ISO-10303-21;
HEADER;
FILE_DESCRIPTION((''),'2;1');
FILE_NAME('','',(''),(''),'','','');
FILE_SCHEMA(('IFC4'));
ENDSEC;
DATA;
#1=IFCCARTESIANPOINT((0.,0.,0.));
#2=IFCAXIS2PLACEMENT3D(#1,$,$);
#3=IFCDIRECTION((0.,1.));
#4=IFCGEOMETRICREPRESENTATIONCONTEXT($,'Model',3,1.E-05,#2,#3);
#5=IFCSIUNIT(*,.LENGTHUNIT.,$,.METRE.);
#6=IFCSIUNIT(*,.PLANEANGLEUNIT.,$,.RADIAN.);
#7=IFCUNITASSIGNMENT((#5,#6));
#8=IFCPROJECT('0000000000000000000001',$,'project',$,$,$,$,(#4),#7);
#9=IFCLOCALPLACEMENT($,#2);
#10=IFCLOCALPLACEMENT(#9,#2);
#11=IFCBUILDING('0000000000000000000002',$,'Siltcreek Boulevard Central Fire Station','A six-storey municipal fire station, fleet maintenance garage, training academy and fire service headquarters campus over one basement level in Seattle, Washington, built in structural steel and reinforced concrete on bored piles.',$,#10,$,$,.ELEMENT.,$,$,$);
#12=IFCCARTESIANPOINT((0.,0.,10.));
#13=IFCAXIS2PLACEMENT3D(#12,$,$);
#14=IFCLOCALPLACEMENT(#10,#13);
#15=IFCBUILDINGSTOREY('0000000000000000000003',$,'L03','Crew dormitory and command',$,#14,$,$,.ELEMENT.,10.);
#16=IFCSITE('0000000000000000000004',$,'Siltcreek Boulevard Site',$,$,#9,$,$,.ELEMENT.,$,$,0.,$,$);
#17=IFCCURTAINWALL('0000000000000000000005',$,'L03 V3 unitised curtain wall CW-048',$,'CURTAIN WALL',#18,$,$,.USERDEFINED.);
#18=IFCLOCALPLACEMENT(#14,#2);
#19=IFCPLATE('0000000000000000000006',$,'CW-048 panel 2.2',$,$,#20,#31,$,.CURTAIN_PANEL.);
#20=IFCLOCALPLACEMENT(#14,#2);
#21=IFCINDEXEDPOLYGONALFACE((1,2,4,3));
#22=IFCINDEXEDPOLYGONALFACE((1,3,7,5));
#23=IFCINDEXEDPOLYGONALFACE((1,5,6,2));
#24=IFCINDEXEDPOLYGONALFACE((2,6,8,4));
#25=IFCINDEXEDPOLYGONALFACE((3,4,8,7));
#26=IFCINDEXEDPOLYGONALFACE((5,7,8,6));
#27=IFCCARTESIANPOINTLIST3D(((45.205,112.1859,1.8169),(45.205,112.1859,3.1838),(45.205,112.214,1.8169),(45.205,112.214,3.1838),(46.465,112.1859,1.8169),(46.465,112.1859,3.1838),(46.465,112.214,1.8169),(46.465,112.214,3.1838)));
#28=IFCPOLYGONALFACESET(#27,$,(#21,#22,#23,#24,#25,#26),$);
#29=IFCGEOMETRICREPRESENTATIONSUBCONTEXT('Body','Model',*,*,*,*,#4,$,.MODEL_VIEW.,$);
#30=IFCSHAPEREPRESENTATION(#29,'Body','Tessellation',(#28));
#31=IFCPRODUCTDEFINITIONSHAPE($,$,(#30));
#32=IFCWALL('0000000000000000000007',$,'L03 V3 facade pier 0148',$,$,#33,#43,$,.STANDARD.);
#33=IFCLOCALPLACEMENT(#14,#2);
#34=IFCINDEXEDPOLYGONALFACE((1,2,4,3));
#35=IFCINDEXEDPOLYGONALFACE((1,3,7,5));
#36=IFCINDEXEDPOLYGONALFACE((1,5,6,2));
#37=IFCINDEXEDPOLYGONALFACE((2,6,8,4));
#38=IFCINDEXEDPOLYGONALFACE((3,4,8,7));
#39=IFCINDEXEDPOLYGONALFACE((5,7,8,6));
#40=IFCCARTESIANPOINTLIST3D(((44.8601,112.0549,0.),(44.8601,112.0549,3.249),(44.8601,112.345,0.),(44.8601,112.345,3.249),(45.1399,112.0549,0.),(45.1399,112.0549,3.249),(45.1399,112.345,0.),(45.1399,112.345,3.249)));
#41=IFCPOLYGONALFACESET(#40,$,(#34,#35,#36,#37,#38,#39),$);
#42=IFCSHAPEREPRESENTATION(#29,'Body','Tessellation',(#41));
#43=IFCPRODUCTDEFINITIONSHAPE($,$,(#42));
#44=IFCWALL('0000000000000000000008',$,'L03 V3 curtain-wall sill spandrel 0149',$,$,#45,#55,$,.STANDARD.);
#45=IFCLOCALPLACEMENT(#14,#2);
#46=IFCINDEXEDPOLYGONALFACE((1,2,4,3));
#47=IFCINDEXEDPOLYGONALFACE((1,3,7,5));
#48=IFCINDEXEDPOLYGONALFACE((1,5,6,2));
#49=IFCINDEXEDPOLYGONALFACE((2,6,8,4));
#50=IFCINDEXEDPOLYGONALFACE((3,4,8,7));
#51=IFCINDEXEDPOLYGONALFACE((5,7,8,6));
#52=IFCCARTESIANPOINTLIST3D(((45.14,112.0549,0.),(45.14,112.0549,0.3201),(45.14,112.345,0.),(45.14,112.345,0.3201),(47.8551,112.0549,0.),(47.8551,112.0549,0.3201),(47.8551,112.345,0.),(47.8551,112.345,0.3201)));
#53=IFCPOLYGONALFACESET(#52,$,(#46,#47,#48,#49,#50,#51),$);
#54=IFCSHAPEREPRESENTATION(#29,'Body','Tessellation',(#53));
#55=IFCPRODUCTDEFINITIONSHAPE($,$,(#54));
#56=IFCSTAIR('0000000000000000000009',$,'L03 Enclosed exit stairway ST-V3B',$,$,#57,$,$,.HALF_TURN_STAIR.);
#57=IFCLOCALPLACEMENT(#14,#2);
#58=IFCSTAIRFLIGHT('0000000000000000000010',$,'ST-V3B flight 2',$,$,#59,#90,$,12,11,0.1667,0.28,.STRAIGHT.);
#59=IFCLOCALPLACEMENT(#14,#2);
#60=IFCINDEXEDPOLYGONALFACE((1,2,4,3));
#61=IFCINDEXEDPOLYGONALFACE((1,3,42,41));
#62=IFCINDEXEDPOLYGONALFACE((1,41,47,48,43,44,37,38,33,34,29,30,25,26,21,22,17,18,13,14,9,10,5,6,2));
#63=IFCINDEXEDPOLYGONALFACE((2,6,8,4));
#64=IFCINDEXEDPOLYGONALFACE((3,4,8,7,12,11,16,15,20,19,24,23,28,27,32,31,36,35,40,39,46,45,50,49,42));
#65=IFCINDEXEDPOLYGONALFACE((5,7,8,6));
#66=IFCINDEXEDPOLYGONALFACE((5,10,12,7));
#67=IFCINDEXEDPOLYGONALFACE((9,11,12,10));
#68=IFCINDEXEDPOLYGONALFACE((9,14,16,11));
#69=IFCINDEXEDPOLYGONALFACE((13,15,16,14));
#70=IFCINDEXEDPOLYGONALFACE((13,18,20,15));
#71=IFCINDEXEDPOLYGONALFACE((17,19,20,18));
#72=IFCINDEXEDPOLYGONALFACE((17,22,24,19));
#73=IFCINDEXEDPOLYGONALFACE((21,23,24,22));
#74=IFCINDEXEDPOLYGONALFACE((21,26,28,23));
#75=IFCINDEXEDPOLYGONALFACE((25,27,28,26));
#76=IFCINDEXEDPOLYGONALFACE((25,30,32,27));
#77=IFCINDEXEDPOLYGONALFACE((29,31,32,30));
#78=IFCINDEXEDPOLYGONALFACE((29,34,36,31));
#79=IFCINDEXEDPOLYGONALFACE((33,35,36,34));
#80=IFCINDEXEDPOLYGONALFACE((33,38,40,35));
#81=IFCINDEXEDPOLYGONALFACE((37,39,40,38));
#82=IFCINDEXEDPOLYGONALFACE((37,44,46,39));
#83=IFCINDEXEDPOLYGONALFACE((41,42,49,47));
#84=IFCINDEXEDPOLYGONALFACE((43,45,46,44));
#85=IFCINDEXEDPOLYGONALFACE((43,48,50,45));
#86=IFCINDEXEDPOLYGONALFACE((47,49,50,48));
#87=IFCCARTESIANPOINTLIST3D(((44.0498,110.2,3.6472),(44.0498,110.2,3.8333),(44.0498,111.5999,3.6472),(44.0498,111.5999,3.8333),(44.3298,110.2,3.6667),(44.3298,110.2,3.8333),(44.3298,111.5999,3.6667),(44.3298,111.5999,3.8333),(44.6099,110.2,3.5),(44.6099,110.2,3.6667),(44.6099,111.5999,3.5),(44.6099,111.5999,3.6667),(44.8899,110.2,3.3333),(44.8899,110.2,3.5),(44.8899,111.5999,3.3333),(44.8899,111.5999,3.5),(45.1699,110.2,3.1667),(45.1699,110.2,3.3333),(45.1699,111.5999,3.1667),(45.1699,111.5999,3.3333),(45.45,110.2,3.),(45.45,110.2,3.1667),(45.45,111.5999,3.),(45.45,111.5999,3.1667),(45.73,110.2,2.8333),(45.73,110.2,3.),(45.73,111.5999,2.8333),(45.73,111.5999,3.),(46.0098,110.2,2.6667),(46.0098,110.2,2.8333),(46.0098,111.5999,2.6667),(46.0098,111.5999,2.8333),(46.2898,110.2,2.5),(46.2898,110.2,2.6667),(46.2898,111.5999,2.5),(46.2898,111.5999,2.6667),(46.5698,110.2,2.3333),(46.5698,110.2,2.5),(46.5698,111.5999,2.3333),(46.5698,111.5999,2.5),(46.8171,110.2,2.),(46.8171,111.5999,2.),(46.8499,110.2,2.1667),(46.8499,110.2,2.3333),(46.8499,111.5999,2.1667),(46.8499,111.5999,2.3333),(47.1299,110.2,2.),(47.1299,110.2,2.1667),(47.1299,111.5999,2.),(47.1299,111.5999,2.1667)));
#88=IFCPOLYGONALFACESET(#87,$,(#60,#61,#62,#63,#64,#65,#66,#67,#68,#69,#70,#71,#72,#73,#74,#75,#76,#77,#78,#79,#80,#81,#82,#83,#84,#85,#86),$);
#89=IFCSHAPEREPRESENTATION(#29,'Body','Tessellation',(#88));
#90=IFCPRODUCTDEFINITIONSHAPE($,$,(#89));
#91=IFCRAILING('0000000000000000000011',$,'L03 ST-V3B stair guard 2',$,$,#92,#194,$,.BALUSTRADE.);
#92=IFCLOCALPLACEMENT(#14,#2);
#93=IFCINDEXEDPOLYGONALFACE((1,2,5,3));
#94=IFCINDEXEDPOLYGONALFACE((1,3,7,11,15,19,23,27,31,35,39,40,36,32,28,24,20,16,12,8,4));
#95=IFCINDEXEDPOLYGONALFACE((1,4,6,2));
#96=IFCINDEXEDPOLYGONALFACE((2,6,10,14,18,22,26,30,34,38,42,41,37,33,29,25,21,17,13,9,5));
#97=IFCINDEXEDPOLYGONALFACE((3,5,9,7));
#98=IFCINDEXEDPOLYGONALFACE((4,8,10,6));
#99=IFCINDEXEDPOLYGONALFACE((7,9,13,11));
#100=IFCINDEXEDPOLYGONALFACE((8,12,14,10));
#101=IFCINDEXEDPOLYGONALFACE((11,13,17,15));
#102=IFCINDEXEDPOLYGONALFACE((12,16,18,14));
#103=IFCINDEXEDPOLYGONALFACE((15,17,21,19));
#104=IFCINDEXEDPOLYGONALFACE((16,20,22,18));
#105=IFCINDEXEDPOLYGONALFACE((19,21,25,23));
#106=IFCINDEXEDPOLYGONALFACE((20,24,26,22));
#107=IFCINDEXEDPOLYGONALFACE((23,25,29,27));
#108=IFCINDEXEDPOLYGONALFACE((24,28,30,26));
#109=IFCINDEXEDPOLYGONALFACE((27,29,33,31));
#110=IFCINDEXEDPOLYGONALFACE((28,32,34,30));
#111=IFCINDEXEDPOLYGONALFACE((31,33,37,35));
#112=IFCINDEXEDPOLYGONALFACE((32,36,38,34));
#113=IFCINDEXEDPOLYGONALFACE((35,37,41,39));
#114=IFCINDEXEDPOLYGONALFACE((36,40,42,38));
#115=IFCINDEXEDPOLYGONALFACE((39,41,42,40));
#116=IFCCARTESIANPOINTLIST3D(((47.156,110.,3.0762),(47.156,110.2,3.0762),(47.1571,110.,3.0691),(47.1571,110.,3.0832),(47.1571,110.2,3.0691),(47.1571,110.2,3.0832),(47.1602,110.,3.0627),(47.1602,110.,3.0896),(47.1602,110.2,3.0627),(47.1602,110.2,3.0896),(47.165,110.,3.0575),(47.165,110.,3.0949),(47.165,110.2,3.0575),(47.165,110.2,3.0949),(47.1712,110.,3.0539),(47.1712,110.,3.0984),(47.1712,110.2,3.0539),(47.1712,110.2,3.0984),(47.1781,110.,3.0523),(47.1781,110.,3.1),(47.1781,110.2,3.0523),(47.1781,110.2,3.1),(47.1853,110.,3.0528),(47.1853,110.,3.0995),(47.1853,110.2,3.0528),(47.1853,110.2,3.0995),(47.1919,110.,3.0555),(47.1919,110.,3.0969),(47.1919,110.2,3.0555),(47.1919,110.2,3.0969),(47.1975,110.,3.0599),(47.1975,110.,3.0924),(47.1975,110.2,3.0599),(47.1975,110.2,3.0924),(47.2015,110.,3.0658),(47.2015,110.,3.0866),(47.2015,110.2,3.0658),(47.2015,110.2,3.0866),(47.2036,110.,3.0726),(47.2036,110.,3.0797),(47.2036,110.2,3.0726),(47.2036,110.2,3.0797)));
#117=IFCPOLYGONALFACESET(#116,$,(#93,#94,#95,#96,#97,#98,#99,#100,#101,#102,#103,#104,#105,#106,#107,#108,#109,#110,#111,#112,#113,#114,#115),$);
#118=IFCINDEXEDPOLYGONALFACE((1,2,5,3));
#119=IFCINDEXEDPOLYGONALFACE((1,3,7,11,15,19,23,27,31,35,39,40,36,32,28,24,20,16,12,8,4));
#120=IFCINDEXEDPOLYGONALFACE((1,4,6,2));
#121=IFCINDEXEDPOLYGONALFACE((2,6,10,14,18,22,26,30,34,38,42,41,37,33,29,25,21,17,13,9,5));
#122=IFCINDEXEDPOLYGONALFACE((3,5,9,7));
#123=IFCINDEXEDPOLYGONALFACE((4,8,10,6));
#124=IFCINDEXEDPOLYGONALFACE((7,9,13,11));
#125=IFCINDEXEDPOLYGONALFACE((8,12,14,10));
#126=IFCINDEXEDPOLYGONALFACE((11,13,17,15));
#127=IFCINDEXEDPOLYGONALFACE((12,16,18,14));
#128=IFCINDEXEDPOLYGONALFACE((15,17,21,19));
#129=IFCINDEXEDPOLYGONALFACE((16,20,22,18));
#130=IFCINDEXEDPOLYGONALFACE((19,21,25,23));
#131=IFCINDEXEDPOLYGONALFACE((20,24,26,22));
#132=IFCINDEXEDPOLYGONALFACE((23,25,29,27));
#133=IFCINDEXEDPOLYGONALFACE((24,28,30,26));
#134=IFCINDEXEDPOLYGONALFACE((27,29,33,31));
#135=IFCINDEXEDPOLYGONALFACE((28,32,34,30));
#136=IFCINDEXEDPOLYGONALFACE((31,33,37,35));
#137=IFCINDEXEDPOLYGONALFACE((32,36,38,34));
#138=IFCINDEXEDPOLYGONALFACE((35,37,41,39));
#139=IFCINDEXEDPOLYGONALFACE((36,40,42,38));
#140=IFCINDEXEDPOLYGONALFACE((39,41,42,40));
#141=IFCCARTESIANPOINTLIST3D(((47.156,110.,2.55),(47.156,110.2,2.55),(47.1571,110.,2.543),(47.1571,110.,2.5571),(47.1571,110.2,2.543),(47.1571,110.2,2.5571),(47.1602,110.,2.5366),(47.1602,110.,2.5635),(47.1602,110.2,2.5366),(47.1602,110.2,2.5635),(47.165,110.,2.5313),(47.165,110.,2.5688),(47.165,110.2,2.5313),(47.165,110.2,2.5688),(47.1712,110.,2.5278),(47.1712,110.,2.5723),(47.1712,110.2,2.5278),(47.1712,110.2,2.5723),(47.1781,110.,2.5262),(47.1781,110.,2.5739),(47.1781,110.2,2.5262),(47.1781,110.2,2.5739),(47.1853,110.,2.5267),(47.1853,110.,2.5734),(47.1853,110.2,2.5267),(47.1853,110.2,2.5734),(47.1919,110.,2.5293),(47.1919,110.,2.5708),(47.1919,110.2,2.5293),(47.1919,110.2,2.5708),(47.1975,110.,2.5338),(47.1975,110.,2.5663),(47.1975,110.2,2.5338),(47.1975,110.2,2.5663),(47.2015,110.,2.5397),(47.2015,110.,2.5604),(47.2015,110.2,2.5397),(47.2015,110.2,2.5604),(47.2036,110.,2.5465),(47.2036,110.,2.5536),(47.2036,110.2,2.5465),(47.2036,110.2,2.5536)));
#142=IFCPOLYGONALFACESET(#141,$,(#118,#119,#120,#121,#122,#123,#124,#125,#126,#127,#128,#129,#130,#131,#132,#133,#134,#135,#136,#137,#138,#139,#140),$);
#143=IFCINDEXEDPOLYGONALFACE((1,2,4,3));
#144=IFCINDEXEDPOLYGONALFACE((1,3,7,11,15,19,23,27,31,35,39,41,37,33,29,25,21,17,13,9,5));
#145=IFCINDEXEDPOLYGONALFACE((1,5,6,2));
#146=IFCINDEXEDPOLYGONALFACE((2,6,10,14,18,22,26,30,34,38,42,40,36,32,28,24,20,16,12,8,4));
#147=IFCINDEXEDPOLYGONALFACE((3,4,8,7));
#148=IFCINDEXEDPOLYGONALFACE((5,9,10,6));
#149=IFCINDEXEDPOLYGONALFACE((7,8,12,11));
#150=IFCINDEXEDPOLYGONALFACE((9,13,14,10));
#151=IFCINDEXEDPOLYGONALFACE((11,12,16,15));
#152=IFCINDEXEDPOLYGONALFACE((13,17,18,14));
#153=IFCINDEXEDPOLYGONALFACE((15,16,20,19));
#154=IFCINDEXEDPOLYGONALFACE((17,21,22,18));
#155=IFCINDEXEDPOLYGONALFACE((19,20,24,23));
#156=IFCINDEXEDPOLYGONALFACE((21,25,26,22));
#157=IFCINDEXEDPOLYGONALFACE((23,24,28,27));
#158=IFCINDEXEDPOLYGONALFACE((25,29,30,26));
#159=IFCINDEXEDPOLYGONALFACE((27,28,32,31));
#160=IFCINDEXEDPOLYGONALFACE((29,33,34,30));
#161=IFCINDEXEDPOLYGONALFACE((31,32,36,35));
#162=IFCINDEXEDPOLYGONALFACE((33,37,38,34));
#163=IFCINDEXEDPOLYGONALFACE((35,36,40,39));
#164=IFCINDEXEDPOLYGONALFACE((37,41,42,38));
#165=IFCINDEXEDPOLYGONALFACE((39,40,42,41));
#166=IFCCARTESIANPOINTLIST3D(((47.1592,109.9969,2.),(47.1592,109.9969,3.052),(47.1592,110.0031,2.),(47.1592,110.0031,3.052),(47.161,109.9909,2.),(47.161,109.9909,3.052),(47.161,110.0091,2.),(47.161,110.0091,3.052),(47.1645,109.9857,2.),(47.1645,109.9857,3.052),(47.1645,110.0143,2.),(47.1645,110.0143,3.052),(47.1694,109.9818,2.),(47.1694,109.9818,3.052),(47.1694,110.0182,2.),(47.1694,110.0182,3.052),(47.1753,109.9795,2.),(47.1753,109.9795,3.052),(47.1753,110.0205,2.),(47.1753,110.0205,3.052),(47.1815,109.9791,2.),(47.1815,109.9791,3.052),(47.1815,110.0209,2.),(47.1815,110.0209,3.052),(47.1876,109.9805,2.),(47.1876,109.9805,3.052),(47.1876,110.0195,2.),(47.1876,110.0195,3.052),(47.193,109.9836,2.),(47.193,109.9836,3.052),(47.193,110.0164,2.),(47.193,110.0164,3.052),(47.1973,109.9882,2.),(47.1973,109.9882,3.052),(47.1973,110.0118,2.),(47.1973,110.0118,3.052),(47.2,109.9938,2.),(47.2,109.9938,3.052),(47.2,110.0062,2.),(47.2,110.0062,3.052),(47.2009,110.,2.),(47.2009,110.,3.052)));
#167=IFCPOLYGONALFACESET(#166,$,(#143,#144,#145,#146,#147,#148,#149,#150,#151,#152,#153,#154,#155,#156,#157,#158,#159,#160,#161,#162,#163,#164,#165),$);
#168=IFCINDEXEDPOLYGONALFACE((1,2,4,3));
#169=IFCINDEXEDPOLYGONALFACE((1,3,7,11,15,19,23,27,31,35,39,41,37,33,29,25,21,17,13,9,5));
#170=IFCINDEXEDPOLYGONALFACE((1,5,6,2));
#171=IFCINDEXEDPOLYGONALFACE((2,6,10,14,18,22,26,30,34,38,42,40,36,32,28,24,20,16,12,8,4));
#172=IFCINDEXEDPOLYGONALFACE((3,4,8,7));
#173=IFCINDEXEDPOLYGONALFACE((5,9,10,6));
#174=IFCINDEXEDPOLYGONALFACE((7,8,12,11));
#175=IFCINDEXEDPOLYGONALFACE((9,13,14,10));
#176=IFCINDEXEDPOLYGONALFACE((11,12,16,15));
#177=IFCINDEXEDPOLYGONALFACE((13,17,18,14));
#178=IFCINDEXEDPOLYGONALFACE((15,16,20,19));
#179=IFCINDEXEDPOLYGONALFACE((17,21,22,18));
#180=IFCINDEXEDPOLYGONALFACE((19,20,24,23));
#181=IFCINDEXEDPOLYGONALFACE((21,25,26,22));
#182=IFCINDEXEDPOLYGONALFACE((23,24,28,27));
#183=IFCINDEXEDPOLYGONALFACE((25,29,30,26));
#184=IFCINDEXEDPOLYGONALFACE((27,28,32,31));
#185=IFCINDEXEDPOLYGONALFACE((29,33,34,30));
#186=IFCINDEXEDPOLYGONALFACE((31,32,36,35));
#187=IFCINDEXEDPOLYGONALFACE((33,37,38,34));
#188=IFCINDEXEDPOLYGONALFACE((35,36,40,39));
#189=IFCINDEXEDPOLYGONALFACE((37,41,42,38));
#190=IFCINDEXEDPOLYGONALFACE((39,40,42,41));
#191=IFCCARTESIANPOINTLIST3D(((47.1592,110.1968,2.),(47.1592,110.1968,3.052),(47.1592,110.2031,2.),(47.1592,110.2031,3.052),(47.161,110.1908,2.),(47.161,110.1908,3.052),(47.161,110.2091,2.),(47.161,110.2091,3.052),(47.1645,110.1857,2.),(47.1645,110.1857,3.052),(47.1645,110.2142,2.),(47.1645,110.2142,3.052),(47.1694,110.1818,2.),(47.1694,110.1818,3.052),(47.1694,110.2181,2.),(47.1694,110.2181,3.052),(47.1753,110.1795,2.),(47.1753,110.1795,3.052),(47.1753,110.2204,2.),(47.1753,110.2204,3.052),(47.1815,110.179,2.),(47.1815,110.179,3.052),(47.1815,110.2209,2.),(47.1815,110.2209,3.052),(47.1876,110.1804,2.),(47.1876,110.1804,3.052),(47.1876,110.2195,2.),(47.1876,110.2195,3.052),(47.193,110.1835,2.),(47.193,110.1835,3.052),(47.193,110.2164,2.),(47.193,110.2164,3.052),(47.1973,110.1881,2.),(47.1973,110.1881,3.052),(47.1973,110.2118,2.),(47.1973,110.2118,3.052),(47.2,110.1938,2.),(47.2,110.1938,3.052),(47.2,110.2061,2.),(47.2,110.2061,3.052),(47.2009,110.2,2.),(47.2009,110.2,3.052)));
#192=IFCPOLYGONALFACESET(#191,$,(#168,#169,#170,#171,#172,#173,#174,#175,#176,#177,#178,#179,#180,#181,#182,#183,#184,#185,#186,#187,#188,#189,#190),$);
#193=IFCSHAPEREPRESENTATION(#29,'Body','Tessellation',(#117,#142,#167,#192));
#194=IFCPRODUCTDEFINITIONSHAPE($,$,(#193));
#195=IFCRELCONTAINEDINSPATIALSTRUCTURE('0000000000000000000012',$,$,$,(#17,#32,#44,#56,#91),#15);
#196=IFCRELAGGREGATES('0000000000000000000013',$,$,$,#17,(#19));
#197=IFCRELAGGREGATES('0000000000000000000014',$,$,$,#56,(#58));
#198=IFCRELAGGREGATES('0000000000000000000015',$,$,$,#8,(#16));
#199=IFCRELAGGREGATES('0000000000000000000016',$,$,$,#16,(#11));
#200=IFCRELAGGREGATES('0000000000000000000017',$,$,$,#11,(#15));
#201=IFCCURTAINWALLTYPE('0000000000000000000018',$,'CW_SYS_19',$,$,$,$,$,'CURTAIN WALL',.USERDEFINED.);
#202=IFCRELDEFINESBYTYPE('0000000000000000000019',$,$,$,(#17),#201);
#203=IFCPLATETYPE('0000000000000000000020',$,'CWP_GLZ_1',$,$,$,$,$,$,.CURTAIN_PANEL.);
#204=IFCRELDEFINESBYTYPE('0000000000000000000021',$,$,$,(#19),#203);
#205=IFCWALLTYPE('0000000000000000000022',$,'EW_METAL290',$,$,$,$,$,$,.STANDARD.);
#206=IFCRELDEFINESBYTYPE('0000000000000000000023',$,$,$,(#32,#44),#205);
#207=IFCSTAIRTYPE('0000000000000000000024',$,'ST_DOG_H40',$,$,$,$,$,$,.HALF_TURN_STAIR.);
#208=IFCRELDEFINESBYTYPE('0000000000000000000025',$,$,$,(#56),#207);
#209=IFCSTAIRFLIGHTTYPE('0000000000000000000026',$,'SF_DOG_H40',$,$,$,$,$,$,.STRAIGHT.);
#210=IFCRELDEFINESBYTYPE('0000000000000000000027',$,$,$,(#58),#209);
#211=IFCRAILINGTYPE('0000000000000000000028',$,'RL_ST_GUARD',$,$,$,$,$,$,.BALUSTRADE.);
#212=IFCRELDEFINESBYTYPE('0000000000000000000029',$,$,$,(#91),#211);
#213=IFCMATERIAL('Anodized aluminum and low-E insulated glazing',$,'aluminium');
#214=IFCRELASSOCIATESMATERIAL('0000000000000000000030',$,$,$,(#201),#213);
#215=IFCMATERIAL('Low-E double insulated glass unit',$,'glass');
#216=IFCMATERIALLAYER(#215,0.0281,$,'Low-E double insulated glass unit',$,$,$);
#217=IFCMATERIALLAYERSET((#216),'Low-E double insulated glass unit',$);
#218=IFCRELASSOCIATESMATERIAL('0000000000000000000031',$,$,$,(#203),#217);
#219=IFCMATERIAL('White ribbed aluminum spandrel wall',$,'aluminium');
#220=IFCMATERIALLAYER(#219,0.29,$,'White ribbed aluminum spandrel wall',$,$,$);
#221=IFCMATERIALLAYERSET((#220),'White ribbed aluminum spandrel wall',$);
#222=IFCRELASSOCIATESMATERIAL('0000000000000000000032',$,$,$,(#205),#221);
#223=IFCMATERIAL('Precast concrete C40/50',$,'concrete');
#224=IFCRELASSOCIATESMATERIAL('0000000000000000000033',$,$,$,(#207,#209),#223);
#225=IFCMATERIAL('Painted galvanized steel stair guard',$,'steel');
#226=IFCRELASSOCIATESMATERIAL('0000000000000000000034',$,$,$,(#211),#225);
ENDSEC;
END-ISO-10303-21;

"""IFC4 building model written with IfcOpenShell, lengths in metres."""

from ifc_helpers import new_model, si_unit, direction, frame, frame_2d, origin, origin_2d, place, context, subcontext, project, spatial, polyline, rectangle, circle, outline, extrude, material, layer, layer_set, type_object, element, aggregate, save


model = new_model("IFC4")

# Units and contexts
model_context = context("Model", 3, precision=1e-05, world=origin(), true_north=direction((0.0, 1.0)))
body_context = subcontext(model_context, "Body", "Model", "MODEL_VIEW")
ifc_project = project(units=[si_unit("LENGTHUNIT", "METRE"), si_unit("PLANEANGLEUNIT", "RADIAN")], contexts=[model_context])

# Site, building, storey
site_placement = place(None, origin())
site = spatial("IfcSite", under=ifc_project, at=site_placement, Name="Siltcreek Boulevard Site", CompositionType="ELEMENT", RefElevation=0.0)
building_placement = place(site_placement, origin())
building = spatial("IfcBuilding", under=site, at=building_placement, Name="Siltcreek Boulevard Central Fire Station", Description="A six-storey municipal fire station, fleet maintenance garage, training academy and fire service headquarters campus over one basement level in Seattle, Washington, built in structural steel and reinforced concrete on bored piles.", CompositionType="ELEMENT")
storey_placement = place(building_placement, frame((0.0, 0.0, 10.0)))
storey = spatial("IfcBuildingStorey", under=building, at=storey_placement, Name="L03", Description="Crew dormitory and command", CompositionType="ELEMENT", Elevation=10.0)

# Curtain wall, plate
ifc_material_1 = material(Name="Anodized aluminum and low-E insulated glazing", Category="aluminium")
curtain_wall_type = type_object("IfcCurtainWallType", Name="CW_SYS_19", ElementType="CURTAIN WALL", PredefinedType="USERDEFINED", material=ifc_material_1)
curtain_wall_placement = place(storey_placement, origin())
curtain_wall = element("IfcCurtainWall", 1, at=curtain_wall_placement, inside=storey, type_object=curtain_wall_type, Name="L03 V3 unitised curtain wall CW-048", ObjectType="CURTAIN WALL", PredefinedType="USERDEFINED")
ifc_material_2 = material(Name="Low-E double insulated glass unit", Category="glass")
ifc_layer_1 = layer(ifc_material_2, 0.0281, Name="Low-E double insulated glass unit")
ifc_layer_set_1 = layer_set([ifc_layer_1], Name="Low-E double insulated glass unit")
plate_type = type_object("IfcPlateType", Name="CWP_GLZ_1", PredefinedType="CURTAIN_PANEL", material=ifc_layer_set_1)
plate_1_placement = place(storey_placement, frame((45.835, 112.2, 1.8169), z_axis=(0.0, 0.0, 1.0), x_axis=(-1.0, 0.0, 0.0)))
plate_1 = element("IfcPlate", 2, at=plate_1_placement, type_object=plate_type, Name="CW-048 panel 2.2", PredefinedType="CURTAIN_PANEL", context=body_context, shape_type="SweptSolid", body=[
    extrude(rectangle(XDim=1.26, YDim=0.0281, at=origin_2d()), origin(), (0.0, 0.0, 1.0), 1.3669),
])
aggregate(curtain_wall, [plate_1])

# Walls
ifc_material_3 = material(Name="White ribbed aluminum spandrel wall", Category="aluminium")
ifc_layer_2 = layer(ifc_material_3, 0.29, Name="White ribbed aluminum spandrel wall")
ifc_layer_set_2 = layer_set([ifc_layer_2], Name="White ribbed aluminum spandrel wall")
wall_type = type_object("IfcWallType", Name="EW_METAL290", PredefinedType="STANDARD", material=ifc_layer_set_2)
wall_1_placement = place(storey_placement, frame((45.1399, 112.2, 0.0), z_axis=(0.0, 0.0, 1.0), x_axis=(-1.0, 0.0, 0.0)))
element("IfcWall", 3, at=wall_1_placement, inside=storey, type_object=wall_type, Name="L03 V3 facade pier 0148", PredefinedType="STANDARD", context=body_context, shape_type="SweptSolid", body=[
    extrude(rectangle(XDim=0.2798, YDim=0.29, at=frame_2d((0.1399, 0.0))), origin(), (0.0, 0.0, 1.0), 3.249),
])
wall_2_placement = place(storey_placement, frame((47.855, 112.2, 0.0), z_axis=(0.0, 0.0, 1.0), x_axis=(-1.0, 0.0, 0.0)))
element("IfcWall", 4, at=wall_2_placement, inside=storey, type_object=wall_type, Name="L03 V3 curtain-wall sill spandrel 0149", PredefinedType="STANDARD", context=body_context, shape_type="SweptSolid", body=[
    extrude(rectangle(XDim=2.7151, YDim=0.29, at=frame_2d((1.3574, 0.0))), origin(), (0.0, 0.0, 1.0), 0.3201),
])

# Stair, stair flight
ifc_material_4 = material(Name="Precast concrete C40/50", Category="concrete")
stair_type = type_object("IfcStairType", Name="ST_DOG_H40", PredefinedType="HALF_TURN_STAIR", material=ifc_material_4)
stair_placement = place(storey_placement, origin())
stair = element("IfcStair", 5, at=stair_placement, inside=storey, type_object=stair_type, Name="L03 Enclosed exit stairway ST-V3B", PredefinedType="HALF_TURN_STAIR")
stair_flight_type = type_object("IfcStairFlightType", Name="SF_DOG_H40", PredefinedType="STRAIGHT", material=ifc_material_4)
stair_flight_placement = place(storey_placement, frame((47.1299, 110.8999, 2.0), z_axis=(0.0, 0.0, 1.0), x_axis=(-1.0, 0.0, 0.0)))
stair_flight = element("IfcStairFlight", 6, at=stair_flight_placement, type_object=stair_flight_type, Name="ST-V3B flight 2", NumberOfRisers=12, NumberOfTreads=11, PredefinedType="STRAIGHT", RiserHeight=0.1667, TreadLength=0.28, context=body_context, shape_type="SweptSolid", body=[
    extrude(outline(polyline([(0.0, 0.0), (0.0, 0.1667), (0.28, 0.1667), (0.28, 0.3333), (0.5601, 0.3333), (0.5601, 0.5), (0.8401, 0.5), (0.8401, 0.6667), (1.1201, 0.6667), (1.1201, 0.8333), (1.3999, 0.8333), (1.3999, 1.0), (1.6799, 1.0), (1.6799, 1.1667), (1.96, 1.1667), (1.96, 1.3333), (2.24, 1.3333), (2.24, 1.5), (2.52, 1.5), (2.52, 1.6667), (2.8, 1.6667), (2.8, 1.8333), (3.0801, 1.8333), (3.0801, 2.0), (3.0801, 1.6472), (0.3127, 0.0), (0.0, 0.0)])), frame((0.0, 0.7, 0.0), z_axis=(0.0, -1.0, 0.0), x_axis=(1.0, 0.0, 0.0)), (0.0, 0.0, 1.0), 1.3999),
])
aggregate(stair, [stair_flight])

# Railing
ifc_material_5 = material(Name="Painted galvanized steel stair guard", Category="steel")
railing_type_1 = type_object("IfcRailingType", Name="RL_ST_GUARD", PredefinedType="BALUSTRADE", material=ifc_material_5)
railing_1_placement = place(storey_placement, frame((47.1799, 110.0, 2.0)))
element("IfcRailing", 7, at=railing_1_placement, inside=storey, type_object=railing_type_1, Name="L03 ST-V3B stair guard 2", PredefinedType="BALUSTRADE", context=body_context, shape_type="SweptSolid", body=[
    extrude(circle(Radius=0.0239, at=origin_2d()), frame((0.0, 0.0, 1.0762), z_axis=(0.0, 1.0, 0.0), x_axis=(-1.0, 0.0, 0.0)), (0.0, 0.0, 1.0), 0.2),
    extrude(circle(Radius=0.0239, at=origin_2d()), frame((0.0, 0.0, 0.55), z_axis=(0.0, 1.0, 0.0), x_axis=(-1.0, 0.0, 0.0)), (0.0, 0.0, 1.0), 0.2),
    extrude(circle(Radius=0.021, at=origin_2d()), origin(), (0.0, 0.0, 1.0), 1.052),
    extrude(circle(Radius=0.021, at=origin_2d()), frame((0.0, 0.2, 0.0)), (0.0, 0.0, 1.0), 1.052),
])

save(model, "model.ifc")
